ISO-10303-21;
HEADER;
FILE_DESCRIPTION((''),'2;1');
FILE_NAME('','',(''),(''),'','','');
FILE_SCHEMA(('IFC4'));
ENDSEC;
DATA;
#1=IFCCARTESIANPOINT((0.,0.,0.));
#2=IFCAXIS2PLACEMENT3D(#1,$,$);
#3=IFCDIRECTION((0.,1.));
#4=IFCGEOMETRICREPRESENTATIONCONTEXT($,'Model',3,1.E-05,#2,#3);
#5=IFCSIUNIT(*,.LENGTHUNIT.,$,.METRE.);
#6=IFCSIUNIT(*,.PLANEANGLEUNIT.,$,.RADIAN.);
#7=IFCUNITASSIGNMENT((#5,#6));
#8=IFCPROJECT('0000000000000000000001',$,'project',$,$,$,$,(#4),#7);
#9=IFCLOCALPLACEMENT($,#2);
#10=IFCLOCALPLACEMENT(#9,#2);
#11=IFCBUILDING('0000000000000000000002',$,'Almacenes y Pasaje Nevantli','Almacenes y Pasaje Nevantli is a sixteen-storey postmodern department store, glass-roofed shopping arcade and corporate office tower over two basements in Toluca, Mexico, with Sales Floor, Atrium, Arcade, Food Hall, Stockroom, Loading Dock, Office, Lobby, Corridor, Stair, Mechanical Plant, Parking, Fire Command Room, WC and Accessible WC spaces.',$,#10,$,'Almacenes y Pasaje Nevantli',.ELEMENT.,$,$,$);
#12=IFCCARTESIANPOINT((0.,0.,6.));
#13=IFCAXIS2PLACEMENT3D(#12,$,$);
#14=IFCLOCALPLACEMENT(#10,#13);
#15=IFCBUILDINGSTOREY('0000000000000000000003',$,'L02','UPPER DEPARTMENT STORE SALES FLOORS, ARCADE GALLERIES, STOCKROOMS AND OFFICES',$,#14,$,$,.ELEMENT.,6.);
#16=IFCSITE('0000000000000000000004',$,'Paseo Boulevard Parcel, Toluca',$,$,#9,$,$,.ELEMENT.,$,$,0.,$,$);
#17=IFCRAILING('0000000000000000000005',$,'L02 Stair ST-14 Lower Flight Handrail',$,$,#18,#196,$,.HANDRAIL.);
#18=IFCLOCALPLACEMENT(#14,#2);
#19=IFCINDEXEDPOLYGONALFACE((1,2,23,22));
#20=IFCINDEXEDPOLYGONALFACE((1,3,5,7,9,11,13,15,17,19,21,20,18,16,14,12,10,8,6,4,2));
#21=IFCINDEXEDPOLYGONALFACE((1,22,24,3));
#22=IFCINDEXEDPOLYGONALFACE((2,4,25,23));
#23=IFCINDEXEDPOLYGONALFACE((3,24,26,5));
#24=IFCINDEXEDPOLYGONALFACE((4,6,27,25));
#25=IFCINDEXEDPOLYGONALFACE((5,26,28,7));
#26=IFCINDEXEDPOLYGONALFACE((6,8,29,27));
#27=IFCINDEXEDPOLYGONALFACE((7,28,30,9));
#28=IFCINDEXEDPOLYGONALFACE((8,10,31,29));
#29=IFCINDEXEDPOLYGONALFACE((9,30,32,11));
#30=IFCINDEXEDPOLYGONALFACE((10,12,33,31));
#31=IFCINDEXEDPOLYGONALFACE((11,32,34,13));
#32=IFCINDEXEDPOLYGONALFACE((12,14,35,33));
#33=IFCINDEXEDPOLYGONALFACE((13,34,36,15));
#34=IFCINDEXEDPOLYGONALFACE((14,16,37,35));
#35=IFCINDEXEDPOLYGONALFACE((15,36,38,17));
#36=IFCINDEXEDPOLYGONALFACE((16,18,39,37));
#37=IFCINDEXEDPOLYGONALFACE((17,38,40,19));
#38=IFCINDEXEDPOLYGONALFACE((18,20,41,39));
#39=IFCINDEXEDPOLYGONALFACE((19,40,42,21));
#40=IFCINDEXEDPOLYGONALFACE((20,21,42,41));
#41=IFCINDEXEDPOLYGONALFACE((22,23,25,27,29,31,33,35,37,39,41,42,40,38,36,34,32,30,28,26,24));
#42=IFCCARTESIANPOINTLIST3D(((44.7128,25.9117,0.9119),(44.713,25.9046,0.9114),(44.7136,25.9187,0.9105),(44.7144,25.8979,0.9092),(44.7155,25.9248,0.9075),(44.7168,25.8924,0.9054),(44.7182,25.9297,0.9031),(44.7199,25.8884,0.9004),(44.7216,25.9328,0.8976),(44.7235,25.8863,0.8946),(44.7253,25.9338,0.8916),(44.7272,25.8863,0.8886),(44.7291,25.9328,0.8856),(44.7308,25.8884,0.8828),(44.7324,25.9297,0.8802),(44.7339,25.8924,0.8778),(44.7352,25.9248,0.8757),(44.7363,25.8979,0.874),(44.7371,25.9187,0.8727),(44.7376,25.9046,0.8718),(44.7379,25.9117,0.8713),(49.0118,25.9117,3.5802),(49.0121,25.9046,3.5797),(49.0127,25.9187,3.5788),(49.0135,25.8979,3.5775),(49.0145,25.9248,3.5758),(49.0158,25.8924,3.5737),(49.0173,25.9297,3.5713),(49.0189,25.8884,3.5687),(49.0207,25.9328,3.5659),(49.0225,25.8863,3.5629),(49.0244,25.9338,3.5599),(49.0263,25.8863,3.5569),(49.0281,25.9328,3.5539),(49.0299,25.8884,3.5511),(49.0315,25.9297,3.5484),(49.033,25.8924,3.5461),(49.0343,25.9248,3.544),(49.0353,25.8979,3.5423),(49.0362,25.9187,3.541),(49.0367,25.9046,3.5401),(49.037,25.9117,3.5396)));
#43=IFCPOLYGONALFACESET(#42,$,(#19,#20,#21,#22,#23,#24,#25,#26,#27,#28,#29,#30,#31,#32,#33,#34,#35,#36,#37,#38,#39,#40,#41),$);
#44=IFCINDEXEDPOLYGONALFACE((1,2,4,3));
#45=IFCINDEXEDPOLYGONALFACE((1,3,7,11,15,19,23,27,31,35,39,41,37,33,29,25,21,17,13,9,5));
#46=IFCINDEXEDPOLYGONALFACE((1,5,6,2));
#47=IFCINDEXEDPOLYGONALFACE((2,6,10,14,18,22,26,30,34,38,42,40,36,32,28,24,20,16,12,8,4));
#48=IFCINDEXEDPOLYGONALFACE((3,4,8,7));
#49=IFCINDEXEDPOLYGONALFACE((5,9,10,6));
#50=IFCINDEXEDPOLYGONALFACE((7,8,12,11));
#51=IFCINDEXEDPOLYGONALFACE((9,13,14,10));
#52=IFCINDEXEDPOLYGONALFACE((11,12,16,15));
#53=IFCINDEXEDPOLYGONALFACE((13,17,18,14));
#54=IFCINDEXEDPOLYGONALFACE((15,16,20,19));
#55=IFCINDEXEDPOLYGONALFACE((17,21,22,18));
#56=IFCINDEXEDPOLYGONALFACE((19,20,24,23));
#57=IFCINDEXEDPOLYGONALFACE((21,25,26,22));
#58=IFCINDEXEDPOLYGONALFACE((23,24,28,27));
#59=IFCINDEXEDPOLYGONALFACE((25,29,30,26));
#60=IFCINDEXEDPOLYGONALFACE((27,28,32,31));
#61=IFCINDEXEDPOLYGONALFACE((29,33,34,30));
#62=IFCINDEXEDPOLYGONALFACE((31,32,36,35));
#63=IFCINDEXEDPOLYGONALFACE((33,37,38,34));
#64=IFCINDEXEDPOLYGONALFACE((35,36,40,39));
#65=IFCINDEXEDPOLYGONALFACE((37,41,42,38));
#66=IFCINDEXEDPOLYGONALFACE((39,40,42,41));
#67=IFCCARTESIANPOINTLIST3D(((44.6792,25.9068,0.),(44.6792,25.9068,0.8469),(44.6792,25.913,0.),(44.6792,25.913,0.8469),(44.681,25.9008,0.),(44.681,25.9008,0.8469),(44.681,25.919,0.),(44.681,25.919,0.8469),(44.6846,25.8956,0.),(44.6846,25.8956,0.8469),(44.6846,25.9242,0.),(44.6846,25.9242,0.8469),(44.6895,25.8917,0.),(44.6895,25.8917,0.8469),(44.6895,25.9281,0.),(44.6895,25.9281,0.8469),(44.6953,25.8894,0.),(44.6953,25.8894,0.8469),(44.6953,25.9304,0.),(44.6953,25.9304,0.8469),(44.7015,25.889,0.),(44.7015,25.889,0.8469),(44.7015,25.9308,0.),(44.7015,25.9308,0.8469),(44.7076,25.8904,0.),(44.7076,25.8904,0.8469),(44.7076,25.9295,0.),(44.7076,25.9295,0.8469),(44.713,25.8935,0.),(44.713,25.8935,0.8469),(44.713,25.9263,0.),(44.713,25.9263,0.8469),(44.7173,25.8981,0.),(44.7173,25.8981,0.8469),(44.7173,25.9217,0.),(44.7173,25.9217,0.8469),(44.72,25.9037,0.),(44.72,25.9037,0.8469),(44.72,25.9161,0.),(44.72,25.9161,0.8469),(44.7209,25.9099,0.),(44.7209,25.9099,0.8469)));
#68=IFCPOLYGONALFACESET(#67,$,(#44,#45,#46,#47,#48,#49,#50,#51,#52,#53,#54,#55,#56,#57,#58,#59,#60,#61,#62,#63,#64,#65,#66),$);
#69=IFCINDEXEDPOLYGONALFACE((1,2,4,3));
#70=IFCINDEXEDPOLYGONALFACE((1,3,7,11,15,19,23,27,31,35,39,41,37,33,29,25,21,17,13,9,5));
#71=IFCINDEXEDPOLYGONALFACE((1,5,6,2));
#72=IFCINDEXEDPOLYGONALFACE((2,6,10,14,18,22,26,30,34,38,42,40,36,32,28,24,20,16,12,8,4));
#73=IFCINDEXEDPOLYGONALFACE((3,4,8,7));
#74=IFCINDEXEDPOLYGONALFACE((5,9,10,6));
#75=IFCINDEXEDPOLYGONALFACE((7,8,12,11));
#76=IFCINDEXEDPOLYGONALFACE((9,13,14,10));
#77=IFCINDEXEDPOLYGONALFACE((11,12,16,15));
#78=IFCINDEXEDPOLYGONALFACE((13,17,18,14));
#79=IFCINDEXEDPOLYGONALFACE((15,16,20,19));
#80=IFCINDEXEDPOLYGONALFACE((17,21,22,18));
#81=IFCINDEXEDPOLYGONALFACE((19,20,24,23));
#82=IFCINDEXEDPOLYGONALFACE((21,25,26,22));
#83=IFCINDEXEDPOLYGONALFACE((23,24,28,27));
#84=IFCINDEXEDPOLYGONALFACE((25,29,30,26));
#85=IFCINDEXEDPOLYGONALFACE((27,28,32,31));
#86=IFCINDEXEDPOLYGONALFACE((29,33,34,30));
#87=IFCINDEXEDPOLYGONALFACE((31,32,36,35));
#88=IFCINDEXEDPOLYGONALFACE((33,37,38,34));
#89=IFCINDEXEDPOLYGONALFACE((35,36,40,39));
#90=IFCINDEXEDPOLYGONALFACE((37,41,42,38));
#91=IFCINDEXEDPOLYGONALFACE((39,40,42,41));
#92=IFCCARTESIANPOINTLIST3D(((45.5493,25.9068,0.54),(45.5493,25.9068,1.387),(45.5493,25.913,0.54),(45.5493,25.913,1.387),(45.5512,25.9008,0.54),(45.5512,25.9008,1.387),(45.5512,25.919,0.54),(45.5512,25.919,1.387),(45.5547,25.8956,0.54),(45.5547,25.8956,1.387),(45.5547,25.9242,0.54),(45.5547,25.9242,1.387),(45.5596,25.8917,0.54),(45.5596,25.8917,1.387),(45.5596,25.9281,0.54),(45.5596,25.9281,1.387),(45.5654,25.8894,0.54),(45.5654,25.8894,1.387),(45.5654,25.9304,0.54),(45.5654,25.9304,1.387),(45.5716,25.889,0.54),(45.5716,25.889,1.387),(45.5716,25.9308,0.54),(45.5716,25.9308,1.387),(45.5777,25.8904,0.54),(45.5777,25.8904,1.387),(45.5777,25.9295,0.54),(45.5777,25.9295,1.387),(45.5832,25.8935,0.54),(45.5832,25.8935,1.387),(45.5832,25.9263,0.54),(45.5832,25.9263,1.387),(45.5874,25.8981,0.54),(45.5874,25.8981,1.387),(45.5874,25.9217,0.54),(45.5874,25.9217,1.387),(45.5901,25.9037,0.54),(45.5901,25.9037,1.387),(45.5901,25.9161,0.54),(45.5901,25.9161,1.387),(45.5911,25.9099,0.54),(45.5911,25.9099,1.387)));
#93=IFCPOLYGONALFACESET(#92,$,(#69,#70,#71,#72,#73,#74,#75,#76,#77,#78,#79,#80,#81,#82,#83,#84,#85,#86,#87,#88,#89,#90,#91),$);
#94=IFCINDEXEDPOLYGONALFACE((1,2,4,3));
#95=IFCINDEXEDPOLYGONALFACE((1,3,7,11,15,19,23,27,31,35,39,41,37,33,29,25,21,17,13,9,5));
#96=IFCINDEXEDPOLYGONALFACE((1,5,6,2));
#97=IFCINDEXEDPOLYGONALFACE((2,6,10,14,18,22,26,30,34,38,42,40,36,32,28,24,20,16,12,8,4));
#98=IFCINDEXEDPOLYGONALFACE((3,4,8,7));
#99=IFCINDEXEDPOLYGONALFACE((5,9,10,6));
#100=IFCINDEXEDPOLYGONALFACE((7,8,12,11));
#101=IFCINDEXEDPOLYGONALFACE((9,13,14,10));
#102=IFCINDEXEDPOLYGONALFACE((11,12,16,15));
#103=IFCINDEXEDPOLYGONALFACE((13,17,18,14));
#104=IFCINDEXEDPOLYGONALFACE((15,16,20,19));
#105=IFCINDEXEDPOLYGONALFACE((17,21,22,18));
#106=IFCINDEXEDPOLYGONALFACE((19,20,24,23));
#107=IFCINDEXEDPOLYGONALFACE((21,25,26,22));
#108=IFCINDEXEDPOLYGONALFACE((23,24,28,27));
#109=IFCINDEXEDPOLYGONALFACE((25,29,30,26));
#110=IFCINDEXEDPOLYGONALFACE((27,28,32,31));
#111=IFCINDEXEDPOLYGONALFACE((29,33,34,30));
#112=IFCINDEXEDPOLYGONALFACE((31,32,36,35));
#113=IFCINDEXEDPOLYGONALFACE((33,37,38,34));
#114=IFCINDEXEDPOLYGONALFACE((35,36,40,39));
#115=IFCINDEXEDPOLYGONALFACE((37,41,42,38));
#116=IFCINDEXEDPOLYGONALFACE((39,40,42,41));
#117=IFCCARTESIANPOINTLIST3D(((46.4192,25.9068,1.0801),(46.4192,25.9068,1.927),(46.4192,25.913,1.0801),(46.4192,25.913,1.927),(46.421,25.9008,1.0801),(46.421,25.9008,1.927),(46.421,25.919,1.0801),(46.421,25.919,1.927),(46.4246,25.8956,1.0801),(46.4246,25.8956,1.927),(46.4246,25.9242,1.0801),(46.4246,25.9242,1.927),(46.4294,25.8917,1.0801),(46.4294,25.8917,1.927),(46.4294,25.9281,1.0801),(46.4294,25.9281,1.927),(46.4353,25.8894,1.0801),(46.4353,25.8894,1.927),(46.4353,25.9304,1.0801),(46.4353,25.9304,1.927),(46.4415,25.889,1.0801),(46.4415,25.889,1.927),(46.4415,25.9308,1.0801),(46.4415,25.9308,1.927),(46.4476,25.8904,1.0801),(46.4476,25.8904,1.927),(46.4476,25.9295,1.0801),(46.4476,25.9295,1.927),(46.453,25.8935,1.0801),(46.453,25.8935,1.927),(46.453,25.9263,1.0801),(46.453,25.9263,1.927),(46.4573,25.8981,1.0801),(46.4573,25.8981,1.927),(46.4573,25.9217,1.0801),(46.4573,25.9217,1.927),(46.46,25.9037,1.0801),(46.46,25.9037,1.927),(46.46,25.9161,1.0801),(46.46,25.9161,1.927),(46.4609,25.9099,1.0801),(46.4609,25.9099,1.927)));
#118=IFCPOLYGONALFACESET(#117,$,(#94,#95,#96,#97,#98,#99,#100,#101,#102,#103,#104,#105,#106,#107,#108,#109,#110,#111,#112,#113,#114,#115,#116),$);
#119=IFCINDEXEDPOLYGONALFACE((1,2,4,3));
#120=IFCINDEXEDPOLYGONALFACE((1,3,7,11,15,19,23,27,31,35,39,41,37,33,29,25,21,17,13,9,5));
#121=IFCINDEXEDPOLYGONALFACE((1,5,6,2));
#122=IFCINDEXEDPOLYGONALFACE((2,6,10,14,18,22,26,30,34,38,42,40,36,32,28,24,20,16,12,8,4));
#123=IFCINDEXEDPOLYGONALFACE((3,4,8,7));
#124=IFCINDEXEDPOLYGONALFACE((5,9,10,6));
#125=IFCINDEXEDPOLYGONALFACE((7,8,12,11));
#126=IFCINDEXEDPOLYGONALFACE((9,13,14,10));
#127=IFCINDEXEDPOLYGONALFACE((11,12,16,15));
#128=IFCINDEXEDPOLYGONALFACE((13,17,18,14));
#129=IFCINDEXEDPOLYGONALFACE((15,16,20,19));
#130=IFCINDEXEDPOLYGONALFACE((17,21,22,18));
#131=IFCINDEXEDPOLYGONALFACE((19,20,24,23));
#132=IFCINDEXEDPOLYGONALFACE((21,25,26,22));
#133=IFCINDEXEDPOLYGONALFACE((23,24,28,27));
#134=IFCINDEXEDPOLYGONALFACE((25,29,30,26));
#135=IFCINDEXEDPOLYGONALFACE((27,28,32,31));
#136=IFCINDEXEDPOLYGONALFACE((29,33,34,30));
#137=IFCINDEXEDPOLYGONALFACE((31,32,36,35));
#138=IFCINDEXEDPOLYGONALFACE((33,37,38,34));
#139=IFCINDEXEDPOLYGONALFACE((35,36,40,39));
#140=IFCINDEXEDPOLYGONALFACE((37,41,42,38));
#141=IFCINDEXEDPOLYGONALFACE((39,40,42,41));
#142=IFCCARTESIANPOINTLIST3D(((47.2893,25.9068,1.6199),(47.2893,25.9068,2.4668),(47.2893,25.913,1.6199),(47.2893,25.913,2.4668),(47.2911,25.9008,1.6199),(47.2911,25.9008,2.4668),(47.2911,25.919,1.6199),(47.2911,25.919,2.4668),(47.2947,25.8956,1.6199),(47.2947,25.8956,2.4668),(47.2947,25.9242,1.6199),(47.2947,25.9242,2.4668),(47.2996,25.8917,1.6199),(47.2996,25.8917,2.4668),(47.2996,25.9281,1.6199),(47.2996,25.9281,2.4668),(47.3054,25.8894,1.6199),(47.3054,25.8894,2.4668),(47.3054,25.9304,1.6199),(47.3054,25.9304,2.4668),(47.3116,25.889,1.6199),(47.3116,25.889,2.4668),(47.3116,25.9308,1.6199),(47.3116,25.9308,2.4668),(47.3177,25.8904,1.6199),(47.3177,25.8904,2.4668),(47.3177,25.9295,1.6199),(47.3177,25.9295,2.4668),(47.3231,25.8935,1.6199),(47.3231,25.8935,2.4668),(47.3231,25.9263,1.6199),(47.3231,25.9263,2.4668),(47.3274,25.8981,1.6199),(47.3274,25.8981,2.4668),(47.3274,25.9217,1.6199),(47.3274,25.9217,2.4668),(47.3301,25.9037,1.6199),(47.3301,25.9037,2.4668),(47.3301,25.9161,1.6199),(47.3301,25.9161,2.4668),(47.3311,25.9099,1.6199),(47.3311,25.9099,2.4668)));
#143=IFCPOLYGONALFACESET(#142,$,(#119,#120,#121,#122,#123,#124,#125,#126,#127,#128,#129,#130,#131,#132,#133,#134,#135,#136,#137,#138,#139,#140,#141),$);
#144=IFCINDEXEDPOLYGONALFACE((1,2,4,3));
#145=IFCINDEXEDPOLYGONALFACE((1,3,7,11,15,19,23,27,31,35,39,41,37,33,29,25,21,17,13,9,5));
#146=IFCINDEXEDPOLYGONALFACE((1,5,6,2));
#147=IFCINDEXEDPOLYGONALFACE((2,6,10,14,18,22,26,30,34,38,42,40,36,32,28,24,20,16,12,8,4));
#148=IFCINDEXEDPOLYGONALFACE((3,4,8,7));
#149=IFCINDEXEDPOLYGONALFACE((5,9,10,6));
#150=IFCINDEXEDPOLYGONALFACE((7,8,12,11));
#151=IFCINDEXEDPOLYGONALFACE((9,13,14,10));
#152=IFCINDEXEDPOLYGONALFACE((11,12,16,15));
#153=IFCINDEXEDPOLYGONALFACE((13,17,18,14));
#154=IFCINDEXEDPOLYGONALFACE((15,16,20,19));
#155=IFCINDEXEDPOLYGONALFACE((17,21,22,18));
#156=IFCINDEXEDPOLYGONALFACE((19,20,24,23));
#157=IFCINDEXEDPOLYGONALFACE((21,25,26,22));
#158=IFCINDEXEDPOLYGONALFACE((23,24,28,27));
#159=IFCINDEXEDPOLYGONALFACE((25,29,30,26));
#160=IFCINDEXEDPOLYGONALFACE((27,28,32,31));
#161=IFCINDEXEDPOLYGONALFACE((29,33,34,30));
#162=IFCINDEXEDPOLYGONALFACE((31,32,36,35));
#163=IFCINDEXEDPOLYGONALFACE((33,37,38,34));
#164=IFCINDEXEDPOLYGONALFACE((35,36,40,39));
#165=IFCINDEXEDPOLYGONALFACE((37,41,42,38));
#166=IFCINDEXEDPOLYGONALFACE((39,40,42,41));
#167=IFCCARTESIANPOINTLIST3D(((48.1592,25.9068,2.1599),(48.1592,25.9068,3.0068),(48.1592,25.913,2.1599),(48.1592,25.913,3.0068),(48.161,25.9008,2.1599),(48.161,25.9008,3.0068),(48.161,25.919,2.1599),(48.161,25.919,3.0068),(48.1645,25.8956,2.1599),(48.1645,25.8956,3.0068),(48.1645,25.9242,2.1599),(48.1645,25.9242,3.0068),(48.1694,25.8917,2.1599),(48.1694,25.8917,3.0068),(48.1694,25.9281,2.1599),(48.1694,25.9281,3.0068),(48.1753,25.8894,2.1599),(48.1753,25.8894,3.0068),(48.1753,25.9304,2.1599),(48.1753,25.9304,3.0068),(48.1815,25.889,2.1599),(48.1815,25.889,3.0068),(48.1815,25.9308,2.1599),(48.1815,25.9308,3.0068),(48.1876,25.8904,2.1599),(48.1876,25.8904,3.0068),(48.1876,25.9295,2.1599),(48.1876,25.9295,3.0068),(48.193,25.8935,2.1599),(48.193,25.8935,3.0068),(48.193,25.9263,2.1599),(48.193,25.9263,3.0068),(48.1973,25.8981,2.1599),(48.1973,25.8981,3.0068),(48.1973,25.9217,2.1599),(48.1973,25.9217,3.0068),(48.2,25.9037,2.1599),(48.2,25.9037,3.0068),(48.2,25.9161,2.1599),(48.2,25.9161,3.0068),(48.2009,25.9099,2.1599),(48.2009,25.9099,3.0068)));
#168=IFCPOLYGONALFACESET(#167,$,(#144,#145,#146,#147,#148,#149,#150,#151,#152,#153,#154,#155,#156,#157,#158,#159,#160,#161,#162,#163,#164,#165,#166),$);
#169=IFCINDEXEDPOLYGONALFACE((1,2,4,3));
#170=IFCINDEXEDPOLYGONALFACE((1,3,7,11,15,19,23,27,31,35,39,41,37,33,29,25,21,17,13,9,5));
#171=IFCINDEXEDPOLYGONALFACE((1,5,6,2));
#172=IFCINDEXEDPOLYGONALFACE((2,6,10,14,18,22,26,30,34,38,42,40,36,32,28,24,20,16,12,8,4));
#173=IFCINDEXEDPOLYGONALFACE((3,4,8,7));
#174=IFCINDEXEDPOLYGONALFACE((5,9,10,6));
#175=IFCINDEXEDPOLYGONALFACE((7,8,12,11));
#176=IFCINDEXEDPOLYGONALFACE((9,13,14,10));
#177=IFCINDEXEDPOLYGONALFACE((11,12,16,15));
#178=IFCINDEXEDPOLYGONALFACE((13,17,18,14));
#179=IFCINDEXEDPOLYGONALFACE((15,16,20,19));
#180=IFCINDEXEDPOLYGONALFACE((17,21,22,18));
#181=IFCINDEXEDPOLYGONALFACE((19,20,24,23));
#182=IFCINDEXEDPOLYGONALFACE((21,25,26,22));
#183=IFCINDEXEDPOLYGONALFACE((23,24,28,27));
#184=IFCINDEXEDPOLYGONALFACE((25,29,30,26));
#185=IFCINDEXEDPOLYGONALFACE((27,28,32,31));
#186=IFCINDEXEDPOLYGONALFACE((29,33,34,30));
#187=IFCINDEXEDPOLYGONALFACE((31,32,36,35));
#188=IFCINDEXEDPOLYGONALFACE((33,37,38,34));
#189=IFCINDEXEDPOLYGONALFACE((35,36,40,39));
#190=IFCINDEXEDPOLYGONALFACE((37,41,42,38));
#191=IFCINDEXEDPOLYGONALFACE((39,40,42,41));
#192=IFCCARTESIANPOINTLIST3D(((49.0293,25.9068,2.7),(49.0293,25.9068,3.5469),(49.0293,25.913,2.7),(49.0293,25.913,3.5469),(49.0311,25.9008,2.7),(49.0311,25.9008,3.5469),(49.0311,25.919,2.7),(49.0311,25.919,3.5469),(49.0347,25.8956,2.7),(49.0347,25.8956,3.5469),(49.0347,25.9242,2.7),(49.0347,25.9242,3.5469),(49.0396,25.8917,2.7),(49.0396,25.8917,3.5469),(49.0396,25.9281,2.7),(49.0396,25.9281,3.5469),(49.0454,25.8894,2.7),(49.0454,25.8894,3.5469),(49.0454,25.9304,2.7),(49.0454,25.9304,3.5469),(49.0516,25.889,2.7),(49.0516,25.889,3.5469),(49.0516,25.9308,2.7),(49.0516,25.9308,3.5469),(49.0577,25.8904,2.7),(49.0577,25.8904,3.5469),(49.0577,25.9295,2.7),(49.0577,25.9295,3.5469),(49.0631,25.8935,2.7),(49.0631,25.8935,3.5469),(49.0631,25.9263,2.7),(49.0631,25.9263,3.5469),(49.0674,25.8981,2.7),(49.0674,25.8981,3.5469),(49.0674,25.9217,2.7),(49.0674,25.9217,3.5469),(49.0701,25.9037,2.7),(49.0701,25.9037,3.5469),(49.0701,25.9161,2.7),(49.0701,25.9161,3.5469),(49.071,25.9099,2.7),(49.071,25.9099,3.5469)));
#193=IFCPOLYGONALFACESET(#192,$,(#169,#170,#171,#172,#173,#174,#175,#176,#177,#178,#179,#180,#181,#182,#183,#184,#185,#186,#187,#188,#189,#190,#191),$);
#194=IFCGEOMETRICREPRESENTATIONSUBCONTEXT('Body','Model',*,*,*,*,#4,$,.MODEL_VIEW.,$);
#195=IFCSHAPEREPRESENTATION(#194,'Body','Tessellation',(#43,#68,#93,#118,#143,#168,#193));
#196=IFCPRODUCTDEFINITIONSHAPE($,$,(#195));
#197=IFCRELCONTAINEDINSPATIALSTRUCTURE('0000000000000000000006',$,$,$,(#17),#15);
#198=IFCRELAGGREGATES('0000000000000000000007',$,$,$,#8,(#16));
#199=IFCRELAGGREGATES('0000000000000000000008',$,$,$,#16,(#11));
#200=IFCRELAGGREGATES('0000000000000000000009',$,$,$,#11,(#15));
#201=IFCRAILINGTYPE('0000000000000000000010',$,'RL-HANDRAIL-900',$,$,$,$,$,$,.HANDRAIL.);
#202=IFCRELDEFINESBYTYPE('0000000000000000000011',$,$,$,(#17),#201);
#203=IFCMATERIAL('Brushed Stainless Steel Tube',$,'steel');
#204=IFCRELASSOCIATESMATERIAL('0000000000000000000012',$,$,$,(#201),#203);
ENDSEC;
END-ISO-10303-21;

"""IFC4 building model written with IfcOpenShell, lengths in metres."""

from ifc_helpers import new_model, si_unit, direction, frame, origin, origin_2d, place, context, subcontext, project, spatial, circle, extrude, material, type_object, element, save


model = new_model("IFC4")

# Units and contexts
model_context = context("Model", 3, precision=1e-05, world=origin(), true_north=direction((0.0, 1.0)))
body_context = subcontext(model_context, "Body", "Model", "MODEL_VIEW")
ifc_project = project(units=[si_unit("LENGTHUNIT", "METRE"), si_unit("PLANEANGLEUNIT", "RADIAN")], contexts=[model_context])

# Site, building, storey
site_placement = place(None, origin())
site = spatial("IfcSite", under=ifc_project, at=site_placement, Name="Paseo Boulevard Parcel, Toluca", CompositionType="ELEMENT", RefElevation=0.0)
building_placement = place(site_placement, origin())
building = spatial("IfcBuilding", under=site, at=building_placement, Name="Almacenes y Pasaje Nevantli", Description="Almacenes y Pasaje Nevantli is a sixteen-storey postmodern department store, glass-roofed shopping arcade and corporate office tower over two basements in Toluca, Mexico, with Sales Floor, Atrium, Arcade, Food Hall, Stockroom, Loading Dock, Office, Lobby, Corridor, Stair, Mechanical Plant, Parking, Fire Command Room, WC and Accessible WC spaces.", LongName="Almacenes y Pasaje Nevantli", CompositionType="ELEMENT")
storey_placement = place(building_placement, frame((0.0, 0.0, 6.0)))
storey = spatial("IfcBuildingStorey", under=building, at=storey_placement, Name="L02", Description="UPPER DEPARTMENT STORE SALES FLOORS, ARCADE GALLERIES, STOCKROOMS AND OFFICES", CompositionType="ELEMENT", Elevation=6.0)

# Railing
ifc_material_1 = material(Name="Brushed Stainless Steel Tube", Category="steel")
railing_type_1 = type_object("IfcRailingType", Name="RL-HANDRAIL-900", PredefinedType="HANDRAIL", material=ifc_material_1)
railing_1_placement = place(storey_placement, frame((44.7, 25.9099, 0.0)))
element("IfcRailing", 1, at=railing_1_placement, inside=storey, type_object=railing_type_1, Name="L02 Stair ST-14 Lower Flight Handrail", PredefinedType="HANDRAIL", context=body_context, shape_type="SweptSolid", body=[
    extrude(circle(Radius=0.0239, at=origin_2d()), frame((0.0254, 0.0, 0.8916), z_axis=(0.84965, 0.0, 0.527347), x_axis=(0.0, 1.0, 0.0)), (0.0, 0.0, 1.0), 5.0598),
    extrude(circle(Radius=0.021, at=origin_2d()), origin(), (0.0, 0.0, 1.0), 0.8469),
    extrude(circle(Radius=0.021, at=origin_2d()), frame((0.8701, 0.0, 0.54)), (0.0, 0.0, 1.0), 0.8469),
    extrude(circle(Radius=0.021, at=origin_2d()), frame((1.74, 0.0, 1.0801)), (0.0, 0.0, 1.0), 0.8469),
    extrude(circle(Radius=0.021, at=origin_2d()), frame((2.6101, 0.0, 1.6199)), (0.0, 0.0, 1.0), 0.8469),
    extrude(circle(Radius=0.021, at=origin_2d()), frame((3.48, 0.0, 2.1599)), (0.0, 0.0, 1.0), 0.8469),
    extrude(circle(Radius=0.021, at=origin_2d()), frame((4.3501, 0.0, 2.7)), (0.0, 0.0, 1.0), 0.8469),
])

save(model, "model.ifc")
